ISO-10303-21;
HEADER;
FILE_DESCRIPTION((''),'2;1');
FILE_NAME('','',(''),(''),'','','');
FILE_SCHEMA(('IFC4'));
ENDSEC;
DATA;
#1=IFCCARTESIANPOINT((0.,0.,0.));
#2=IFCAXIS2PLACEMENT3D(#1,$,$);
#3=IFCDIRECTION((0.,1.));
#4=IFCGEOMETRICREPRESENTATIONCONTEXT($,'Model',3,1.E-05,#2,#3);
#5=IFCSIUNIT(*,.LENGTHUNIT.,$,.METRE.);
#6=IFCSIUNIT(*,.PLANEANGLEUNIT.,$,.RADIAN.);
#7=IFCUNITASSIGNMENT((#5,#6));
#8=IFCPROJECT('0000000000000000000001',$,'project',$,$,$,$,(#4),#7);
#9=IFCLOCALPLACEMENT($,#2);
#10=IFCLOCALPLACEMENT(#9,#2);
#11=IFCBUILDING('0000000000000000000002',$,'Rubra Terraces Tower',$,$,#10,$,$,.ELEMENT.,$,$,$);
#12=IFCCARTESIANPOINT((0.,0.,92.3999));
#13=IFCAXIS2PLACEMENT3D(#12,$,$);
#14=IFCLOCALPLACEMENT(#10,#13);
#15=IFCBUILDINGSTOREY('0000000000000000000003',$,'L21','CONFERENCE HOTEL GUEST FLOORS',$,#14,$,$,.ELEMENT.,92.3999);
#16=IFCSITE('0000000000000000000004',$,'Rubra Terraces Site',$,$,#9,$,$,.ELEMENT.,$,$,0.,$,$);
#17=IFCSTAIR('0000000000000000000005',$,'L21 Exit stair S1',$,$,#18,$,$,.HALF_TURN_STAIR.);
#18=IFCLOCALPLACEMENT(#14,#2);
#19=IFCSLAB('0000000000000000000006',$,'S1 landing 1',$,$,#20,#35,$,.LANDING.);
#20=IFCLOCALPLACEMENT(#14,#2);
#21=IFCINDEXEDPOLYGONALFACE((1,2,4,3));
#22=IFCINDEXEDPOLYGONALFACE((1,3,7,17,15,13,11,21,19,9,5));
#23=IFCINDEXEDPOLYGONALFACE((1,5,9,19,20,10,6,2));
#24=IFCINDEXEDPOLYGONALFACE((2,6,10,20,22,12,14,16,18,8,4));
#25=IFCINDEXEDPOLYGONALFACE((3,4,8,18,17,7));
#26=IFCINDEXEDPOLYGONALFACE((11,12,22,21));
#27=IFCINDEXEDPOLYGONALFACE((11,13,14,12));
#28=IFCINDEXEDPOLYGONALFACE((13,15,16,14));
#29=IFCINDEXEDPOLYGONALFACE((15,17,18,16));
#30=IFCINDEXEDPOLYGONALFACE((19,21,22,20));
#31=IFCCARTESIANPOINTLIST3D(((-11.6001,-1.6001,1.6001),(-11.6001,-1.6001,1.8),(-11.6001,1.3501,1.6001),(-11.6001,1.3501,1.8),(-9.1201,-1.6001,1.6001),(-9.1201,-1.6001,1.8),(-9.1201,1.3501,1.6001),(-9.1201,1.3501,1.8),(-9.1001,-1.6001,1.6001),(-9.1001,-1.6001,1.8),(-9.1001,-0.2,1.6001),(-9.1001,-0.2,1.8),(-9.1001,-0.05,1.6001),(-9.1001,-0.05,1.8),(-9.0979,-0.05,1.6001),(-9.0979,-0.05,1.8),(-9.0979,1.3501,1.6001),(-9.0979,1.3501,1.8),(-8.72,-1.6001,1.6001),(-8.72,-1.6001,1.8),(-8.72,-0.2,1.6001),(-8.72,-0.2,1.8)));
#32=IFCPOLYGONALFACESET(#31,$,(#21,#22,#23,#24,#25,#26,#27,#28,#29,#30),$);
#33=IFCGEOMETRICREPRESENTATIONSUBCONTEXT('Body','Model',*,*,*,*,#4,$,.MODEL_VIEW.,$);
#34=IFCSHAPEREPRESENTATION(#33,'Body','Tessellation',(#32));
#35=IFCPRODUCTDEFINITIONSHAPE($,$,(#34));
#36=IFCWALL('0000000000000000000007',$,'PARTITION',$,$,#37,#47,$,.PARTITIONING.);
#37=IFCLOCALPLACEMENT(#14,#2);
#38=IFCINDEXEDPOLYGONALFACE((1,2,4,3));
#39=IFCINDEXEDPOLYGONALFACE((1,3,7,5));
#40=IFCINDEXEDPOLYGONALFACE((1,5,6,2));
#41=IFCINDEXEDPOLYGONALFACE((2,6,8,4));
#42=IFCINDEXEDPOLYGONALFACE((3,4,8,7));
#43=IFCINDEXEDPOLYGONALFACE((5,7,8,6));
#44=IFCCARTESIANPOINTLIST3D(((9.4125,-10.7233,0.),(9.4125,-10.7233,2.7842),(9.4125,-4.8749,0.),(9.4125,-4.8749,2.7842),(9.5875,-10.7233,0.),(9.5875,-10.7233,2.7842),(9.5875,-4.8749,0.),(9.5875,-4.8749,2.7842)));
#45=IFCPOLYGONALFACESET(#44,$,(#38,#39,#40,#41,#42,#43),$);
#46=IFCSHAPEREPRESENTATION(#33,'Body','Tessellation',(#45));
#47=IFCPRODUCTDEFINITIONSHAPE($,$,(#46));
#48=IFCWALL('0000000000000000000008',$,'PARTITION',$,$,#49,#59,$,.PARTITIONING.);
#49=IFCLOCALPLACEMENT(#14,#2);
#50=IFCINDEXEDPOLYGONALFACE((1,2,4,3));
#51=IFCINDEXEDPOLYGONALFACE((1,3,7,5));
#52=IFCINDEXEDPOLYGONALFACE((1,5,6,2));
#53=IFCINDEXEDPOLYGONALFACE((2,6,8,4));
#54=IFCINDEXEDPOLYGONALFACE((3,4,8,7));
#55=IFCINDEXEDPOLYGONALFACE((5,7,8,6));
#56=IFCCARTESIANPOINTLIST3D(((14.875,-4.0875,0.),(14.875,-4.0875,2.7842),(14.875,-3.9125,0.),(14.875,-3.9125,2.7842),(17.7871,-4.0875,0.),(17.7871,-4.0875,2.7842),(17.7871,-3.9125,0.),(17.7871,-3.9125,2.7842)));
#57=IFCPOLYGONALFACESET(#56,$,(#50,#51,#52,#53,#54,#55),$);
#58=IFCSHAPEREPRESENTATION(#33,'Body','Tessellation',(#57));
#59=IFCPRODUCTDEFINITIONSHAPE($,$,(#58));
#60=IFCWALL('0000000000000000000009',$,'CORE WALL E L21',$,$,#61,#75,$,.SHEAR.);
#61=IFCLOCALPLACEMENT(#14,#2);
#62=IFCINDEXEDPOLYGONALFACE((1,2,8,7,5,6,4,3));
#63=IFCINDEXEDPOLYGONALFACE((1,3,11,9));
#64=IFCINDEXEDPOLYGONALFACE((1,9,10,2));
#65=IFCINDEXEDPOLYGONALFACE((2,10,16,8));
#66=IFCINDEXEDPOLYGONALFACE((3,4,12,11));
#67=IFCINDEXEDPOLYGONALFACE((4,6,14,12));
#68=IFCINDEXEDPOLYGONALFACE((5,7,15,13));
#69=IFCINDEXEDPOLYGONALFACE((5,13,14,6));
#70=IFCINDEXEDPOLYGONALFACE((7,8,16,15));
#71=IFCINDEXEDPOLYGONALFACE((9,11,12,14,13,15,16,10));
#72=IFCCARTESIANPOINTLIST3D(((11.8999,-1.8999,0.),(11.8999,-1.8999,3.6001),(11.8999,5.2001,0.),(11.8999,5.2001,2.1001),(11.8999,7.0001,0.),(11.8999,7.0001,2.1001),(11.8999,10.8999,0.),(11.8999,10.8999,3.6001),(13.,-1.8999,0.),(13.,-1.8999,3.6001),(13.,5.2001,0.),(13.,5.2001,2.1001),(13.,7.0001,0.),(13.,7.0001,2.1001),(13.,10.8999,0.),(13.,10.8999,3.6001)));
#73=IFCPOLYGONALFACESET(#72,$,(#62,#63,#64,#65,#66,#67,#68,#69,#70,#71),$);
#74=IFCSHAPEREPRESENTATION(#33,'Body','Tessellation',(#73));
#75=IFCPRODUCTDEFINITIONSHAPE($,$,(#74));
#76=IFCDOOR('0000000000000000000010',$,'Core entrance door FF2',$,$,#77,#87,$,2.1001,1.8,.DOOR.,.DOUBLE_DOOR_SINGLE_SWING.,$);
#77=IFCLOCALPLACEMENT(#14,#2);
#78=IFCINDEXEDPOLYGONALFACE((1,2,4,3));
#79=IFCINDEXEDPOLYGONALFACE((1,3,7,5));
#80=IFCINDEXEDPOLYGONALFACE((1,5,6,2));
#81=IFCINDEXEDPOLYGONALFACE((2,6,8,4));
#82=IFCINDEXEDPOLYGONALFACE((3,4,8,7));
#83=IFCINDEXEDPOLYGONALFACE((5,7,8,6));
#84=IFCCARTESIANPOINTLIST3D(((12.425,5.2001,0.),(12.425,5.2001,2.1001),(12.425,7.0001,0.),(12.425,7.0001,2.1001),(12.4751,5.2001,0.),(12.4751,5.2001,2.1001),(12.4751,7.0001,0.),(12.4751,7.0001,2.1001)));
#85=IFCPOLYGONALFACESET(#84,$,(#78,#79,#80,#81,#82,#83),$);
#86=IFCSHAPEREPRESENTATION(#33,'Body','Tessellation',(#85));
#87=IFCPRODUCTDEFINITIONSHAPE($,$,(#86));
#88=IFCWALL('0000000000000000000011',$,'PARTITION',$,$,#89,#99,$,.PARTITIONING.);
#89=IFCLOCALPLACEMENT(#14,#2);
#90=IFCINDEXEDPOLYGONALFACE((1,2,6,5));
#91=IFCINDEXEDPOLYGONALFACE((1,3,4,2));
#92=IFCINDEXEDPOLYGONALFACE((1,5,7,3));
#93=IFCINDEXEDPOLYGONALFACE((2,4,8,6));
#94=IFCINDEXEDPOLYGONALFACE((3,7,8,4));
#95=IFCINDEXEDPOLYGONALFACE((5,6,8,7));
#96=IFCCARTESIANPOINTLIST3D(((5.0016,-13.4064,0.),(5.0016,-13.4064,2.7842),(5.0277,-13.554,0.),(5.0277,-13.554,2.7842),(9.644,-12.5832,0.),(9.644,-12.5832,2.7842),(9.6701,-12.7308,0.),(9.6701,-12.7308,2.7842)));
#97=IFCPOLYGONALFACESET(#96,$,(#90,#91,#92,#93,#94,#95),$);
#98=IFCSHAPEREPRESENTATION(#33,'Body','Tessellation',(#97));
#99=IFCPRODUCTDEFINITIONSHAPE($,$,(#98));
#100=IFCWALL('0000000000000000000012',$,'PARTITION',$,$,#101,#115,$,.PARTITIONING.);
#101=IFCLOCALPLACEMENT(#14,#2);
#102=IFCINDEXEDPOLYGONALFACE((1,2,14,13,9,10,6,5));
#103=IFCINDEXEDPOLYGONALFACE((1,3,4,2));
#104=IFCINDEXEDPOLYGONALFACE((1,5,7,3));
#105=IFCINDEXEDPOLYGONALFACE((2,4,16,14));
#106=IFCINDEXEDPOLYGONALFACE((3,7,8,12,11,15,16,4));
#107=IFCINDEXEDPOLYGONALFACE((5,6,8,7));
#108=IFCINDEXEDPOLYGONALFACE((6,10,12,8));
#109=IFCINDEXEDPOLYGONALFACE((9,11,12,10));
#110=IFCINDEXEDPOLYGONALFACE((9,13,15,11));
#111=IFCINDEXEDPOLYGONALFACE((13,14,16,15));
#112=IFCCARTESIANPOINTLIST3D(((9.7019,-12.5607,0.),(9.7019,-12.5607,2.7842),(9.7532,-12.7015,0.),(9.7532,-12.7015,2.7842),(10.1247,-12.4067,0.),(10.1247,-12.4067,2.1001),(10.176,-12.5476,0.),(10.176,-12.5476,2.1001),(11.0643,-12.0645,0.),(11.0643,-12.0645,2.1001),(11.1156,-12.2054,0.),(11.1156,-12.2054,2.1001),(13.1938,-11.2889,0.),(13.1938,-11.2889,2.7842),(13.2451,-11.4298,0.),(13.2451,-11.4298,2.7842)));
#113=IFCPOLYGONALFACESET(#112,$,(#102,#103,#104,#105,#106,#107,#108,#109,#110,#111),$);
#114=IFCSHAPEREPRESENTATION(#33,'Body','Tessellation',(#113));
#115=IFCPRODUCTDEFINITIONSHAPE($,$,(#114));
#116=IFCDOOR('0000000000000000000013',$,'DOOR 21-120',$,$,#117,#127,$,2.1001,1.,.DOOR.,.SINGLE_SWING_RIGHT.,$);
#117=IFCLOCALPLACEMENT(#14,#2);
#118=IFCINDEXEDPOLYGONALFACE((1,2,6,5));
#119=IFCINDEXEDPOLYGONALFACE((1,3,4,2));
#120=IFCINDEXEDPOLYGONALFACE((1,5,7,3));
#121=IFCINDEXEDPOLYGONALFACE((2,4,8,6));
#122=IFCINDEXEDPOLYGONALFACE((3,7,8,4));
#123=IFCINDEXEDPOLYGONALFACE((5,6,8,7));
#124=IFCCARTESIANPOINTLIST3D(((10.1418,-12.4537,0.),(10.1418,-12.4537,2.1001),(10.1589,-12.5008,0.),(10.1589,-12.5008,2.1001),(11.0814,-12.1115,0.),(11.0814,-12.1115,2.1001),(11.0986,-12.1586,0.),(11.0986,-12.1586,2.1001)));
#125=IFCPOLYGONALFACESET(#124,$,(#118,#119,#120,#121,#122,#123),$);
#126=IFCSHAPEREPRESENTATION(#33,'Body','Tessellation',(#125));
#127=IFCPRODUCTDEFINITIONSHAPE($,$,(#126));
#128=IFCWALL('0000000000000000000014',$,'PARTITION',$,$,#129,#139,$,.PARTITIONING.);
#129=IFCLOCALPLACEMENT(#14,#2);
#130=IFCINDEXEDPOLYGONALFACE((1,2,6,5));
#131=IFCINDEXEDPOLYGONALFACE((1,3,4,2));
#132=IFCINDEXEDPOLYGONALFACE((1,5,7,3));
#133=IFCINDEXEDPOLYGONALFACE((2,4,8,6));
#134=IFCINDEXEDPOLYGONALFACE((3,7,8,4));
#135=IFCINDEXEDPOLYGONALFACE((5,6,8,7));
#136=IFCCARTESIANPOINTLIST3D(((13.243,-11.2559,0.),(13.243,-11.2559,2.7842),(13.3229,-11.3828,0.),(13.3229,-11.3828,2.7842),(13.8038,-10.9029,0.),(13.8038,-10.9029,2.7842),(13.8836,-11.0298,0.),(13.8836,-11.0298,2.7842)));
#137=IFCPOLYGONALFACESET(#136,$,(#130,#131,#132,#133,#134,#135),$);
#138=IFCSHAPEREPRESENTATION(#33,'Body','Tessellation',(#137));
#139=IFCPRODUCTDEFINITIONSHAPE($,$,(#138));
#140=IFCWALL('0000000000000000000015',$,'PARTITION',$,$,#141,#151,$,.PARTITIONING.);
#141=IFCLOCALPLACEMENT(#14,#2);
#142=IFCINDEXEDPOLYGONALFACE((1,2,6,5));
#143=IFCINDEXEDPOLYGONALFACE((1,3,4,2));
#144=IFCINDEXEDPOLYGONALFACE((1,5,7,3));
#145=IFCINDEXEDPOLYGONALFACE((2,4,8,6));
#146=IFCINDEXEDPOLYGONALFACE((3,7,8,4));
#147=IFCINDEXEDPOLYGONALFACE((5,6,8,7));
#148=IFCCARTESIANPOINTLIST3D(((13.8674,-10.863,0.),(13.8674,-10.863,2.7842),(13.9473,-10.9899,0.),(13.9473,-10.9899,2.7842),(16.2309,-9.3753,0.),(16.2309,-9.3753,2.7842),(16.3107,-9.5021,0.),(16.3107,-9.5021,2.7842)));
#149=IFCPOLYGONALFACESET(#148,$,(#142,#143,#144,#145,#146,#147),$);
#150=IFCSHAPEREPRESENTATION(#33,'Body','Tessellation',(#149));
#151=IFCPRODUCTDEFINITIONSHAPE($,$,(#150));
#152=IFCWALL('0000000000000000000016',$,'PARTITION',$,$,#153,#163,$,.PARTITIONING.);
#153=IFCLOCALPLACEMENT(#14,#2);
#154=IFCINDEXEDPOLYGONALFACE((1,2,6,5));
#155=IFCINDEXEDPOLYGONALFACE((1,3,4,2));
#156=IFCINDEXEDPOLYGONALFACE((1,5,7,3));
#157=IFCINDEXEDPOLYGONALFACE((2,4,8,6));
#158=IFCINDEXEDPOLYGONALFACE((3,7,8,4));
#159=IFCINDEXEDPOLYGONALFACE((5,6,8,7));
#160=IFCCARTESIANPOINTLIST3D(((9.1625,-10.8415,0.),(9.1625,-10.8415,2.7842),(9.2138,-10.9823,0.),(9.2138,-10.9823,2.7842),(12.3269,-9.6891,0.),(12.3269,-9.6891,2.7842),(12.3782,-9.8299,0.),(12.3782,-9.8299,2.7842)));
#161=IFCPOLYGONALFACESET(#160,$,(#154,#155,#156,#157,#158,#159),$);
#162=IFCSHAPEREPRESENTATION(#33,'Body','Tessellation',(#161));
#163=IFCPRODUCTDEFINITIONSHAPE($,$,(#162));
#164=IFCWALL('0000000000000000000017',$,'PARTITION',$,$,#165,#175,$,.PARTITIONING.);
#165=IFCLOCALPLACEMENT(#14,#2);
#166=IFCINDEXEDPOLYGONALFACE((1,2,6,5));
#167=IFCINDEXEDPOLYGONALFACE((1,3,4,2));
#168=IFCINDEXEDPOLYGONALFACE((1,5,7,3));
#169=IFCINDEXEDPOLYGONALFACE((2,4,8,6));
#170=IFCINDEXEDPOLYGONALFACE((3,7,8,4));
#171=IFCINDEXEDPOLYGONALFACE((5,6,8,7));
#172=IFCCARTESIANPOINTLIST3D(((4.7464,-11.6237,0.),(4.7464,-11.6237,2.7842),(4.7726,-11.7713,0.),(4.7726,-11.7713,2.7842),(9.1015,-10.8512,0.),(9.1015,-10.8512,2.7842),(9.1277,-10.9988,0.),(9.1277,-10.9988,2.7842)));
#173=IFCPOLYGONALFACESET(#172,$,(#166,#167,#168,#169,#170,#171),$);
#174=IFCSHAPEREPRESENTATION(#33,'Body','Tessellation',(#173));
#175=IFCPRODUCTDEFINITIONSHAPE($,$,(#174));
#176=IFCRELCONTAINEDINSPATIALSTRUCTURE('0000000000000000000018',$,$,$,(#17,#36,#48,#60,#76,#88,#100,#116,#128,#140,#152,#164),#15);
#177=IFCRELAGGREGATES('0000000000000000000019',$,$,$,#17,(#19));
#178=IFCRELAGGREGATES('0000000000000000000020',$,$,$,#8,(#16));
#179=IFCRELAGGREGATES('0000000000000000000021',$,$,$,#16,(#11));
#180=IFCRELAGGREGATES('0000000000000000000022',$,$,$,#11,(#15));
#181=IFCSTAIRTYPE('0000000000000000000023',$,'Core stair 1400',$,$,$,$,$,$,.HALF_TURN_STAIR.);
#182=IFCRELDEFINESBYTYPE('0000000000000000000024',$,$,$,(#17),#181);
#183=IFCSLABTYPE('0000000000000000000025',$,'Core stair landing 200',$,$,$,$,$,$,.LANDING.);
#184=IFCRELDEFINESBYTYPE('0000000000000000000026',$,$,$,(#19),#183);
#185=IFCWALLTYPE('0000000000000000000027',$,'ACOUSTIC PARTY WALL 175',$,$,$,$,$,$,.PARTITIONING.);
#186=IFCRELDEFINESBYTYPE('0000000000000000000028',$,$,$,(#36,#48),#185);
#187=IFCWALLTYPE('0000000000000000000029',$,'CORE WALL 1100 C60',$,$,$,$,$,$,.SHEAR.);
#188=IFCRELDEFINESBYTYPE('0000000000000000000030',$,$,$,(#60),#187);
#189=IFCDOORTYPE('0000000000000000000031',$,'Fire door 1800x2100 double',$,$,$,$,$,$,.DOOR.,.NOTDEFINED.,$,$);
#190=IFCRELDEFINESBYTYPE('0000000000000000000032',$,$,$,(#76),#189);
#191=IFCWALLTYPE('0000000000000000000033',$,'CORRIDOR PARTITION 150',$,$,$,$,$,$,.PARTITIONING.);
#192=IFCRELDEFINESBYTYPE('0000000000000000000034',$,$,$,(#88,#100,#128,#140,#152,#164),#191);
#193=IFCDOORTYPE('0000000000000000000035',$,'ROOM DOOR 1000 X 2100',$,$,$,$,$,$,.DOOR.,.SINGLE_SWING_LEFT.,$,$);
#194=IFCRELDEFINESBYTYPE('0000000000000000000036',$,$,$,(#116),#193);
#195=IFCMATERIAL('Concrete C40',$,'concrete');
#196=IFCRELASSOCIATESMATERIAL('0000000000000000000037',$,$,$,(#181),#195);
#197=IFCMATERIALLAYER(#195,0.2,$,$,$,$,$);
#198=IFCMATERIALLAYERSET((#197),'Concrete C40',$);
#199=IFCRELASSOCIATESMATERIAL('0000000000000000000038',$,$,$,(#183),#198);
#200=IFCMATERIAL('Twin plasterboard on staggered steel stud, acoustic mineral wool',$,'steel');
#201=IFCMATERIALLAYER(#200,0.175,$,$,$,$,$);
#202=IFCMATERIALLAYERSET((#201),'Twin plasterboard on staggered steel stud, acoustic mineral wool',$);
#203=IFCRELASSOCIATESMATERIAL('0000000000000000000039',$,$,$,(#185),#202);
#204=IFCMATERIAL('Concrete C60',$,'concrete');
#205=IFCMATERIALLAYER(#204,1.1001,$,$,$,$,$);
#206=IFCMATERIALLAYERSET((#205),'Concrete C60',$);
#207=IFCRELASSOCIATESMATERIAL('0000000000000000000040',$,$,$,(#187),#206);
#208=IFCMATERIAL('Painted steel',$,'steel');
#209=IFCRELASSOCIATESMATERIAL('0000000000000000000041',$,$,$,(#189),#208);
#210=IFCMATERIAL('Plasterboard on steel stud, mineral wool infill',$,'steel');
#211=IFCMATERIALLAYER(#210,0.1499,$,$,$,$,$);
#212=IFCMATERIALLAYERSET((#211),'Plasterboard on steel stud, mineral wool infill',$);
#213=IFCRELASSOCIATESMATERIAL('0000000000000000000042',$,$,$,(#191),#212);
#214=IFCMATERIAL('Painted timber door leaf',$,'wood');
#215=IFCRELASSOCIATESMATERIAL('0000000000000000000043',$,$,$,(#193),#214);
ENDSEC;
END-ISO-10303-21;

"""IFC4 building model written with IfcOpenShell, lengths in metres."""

from ifc_helpers import new_model, si_unit, direction, frame, frame_2d, origin, place, context, subcontext, project, spatial, polyline, rectangle, outline, extrude, material, layer, layer_set, type_object, element, fill, aggregate, save


model = new_model("IFC4")

# Units and contexts
model_context = context("Model", 3, precision=1e-05, world=origin(), true_north=direction((0.0, 1.0)))
body_context = subcontext(model_context, "Body", "Model", "MODEL_VIEW")
ifc_project = project(units=[si_unit("LENGTHUNIT", "METRE"), si_unit("PLANEANGLEUNIT", "RADIAN")], contexts=[model_context])

# Site, building, storey
site_placement = place(None, origin())
site = spatial("IfcSite", under=ifc_project, at=site_placement, Name="Rubra Terraces Site", CompositionType="ELEMENT", RefElevation=0.0)
building_placement = place(site_placement, origin())
building = spatial("IfcBuilding", under=site, at=building_placement, Name="Rubra Terraces Tower", CompositionType="ELEMENT")
storey_placement = place(building_placement, frame((0.0, 0.0, 92.3999)))
storey = spatial("IfcBuildingStorey", under=building, at=storey_placement, Name="L21", Description="CONFERENCE HOTEL GUEST FLOORS", CompositionType="ELEMENT", Elevation=92.3999)

# Stair, slab
ifc_material_1 = material(Name="Concrete C40", Category="concrete")
stair_type = type_object("IfcStairType", Name="Core stair 1400", PredefinedType="HALF_TURN_STAIR", material=ifc_material_1)
stair_1_placement = place(storey_placement, origin())
stair_1 = element("IfcStair", 1, at=stair_1_placement, inside=storey, type_object=stair_type, Name="L21 Exit stair S1", PredefinedType="HALF_TURN_STAIR")
ifc_layer_1 = layer(ifc_material_1, 0.2)
ifc_layer_set_1 = layer_set([ifc_layer_1], Name="Concrete C40")
slab_type = type_object("IfcSlabType", Name="Core stair landing 200", PredefinedType="LANDING", material=ifc_layer_set_1)
slab_placement = place(storey_placement, frame((0.0, 0.0, 1.6001)))
slab = element("IfcSlab", 2, at=slab_placement, type_object=slab_type, Name="S1 landing 1", PredefinedType="LANDING", context=body_context, shape_type="SweptSolid", body=[
    extrude(outline(polyline([(-8.72, -0.2), (-8.72, -1.6001), (-9.1001, -1.6001), (-9.1201, -1.6001), (-11.6001, -1.6001), (-11.6001, 1.3501), (-9.1201, 1.3501), (-9.0979, 1.3501), (-9.0979, -0.05), (-9.1001, -0.05), (-9.1001, -0.2), (-8.72, -0.2)])), origin(), (0.0, 0.0, 1.0), 0.2),
])
aggregate(stair_1, [slab])

# Walls
ifc_material_2 = material(Name="Twin plasterboard on staggered steel stud, acoustic mineral wool", Category="steel")
ifc_layer_2 = layer(ifc_material_2, 0.175)
ifc_layer_set_2 = layer_set([ifc_layer_2], Name="Twin plasterboard on staggered steel stud, acoustic mineral wool")
wall_type_1 = type_object("IfcWallType", Name="ACOUSTIC PARTY WALL 175", PredefinedType="PARTITIONING", material=ifc_layer_set_2)
wall_1_placement = place(storey_placement, frame((9.5, -10.7234, 0.0), z_axis=(0.0, 0.0, 1.0), x_axis=(0.0, 1.0, 0.0)))
element("IfcWall", 3, at=wall_1_placement, inside=storey, type_object=wall_type_1, Name="PARTITION", PredefinedType="PARTITIONING", context=body_context, shape_type="SweptSolid", body=[
    extrude(rectangle(XDim=5.8484, YDim=0.175, at=frame_2d((2.9243, 0.0))), origin(), (0.0, 0.0, 1.0), 2.7842),
])
wall_2_placement = place(storey_placement, frame((14.875, -4.0, 0.0), z_axis=(0.0, 0.0, 1.0), x_axis=(1.0, 0.0, 0.0)))
element("IfcWall", 4, at=wall_2_placement, inside=storey, type_object=wall_type_1, Name="PARTITION", PredefinedType="PARTITIONING", context=body_context, shape_type="SweptSolid", body=[
    extrude(rectangle(XDim=2.9121, YDim=0.175, at=frame_2d((1.4561, 0.0))), origin(), (0.0, 0.0, 1.0), 2.7842),
])

# Wall, opening, door
ifc_material_3 = material(Name="Concrete C60", Category="concrete")
ifc_layer_3 = layer(ifc_material_3, 1.1001)
ifc_layer_set_3 = layer_set([ifc_layer_3], Name="Concrete C60")
wall_type_2 = type_object("IfcWallType", Name="CORE WALL 1100 C60", PredefinedType="SHEAR", material=ifc_layer_set_3)
wall_3_placement = place(storey_placement, frame((12.45, -1.8999, 0.0), z_axis=(0.0, 0.0, 1.0), x_axis=(0.0, 1.0, 0.0)))
wall_3 = element("IfcWall", 5, at=wall_3_placement, inside=storey, type_object=wall_type_2, Name="CORE WALL E L21", PredefinedType="SHEAR", context=body_context, shape_type="SweptSolid", body=[
    extrude(rectangle(XDim=12.7998, YDim=1.1001, at=frame_2d((6.3999, 0.0))), origin(), (0.0, 0.0, 1.0), 3.6001),
])
opening_1_placement = place(wall_3_placement, frame((7.1001, 0.0, 0.0)))
opening_1 = element("IfcOpeningElement", 6, at=opening_1_placement, cuts=wall_3, PredefinedType="OPENING", context=body_context, shape_type="SweptSolid", body=[
    extrude(rectangle(XDim=1.8, YDim=2.1001, at=frame_2d((0.8999, 1.05))), frame((0.0, 0.5601, 0.0), z_axis=(0.0, -1.0, 0.0), x_axis=(1.0, 0.0, 0.0)), (0.0, 0.0, 1.0), 1.1201),
])
ifc_material_4 = material(Name="Painted steel", Category="steel")
door_type_1 = type_object("IfcDoorType", Name="Fire door 1800x2100 double", OperationType="NOTDEFINED", PredefinedType="DOOR", material=ifc_material_4)
door_1_placement = place(opening_1_placement, origin())
door_1 = element("IfcDoor", 7, at=door_1_placement, inside=storey, type_object=door_type_1, Name="Core entrance door FF2", OperationType="DOUBLE_DOOR_SINGLE_SWING", OverallHeight=2.1001, OverallWidth=1.8, PredefinedType="DOOR", context=body_context, shape_type="SweptSolid", body=[
    extrude(rectangle(XDim=1.8, YDim=2.1001, at=frame_2d((0.8999, 1.05))), frame((0.0, 0.0249, 0.0), z_axis=(0.0, -1.0, 0.0), x_axis=(1.0, 0.0, 0.0)), (0.0, 0.0, 1.0), 0.05),
])
fill(opening_1, door_1)

# Wall
ifc_material_5 = material(Name="Plasterboard on steel stud, mineral wool infill", Category="steel")
ifc_layer_4 = layer(ifc_material_5, 0.1499)
ifc_layer_set_4 = layer_set([ifc_layer_4], Name="Plasterboard on steel stud, mineral wool infill")
wall_type_3 = type_object("IfcWallType", Name="CORRIDOR PARTITION 150", PredefinedType="PARTITIONING", material=ifc_layer_set_4)
wall_4_placement = place(storey_placement, frame((5.0146, -13.4802, 0.0), z_axis=(0.0, 0.0, 1.0), x_axis=(0.984638, 0.174609, 0.0)))
element("IfcWall", 8, at=wall_4_placement, inside=storey, type_object=wall_type_3, Name="PARTITION", PredefinedType="PARTITIONING", context=body_context, shape_type="SweptSolid", body=[
    extrude(rectangle(XDim=4.7148, YDim=0.1499, at=frame_2d((2.3574, 0.0))), origin(), (0.0, 0.0, 1.0), 2.7842),
])

# Wall, opening, door
wall_5_placement = place(storey_placement, frame((9.7275, -12.6311, 0.0), z_axis=(0.0, 0.0, 1.0), x_axis=(0.939626, 0.342202, 0.0)))
wall_5 = element("IfcWall", 9, at=wall_5_placement, inside=storey, type_object=wall_type_3, Name="PARTITION", PredefinedType="PARTITIONING", context=body_context, shape_type="SweptSolid", body=[
    extrude(rectangle(XDim=3.7163, YDim=0.1499, at=frame_2d((1.8582, 0.0))), origin(), (0.0, 0.0, 1.0), 2.7842),
])
opening_2_placement = place(wall_5_placement, frame((0.45, 0.0, 0.0)))
opening_2 = element("IfcOpeningElement", 10, at=opening_2_placement, cuts=wall_5, PredefinedType="OPENING", context=body_context, shape_type="SweptSolid", body=[
    extrude(rectangle(XDim=1.0, YDim=2.1001, at=frame_2d((0.5, 1.05))), frame((0.0, 0.085, 0.0), z_axis=(0.0, -1.0, 0.0), x_axis=(1.0, 0.0, 0.0)), (0.0, 0.0, 1.0), 0.1699),
])
ifc_material_6 = material(Name="Painted timber door leaf", Category="wood")
door_type_2 = type_object("IfcDoorType", Name="ROOM DOOR 1000 X 2100", OperationType="SINGLE_SWING_LEFT", PredefinedType="DOOR", material=ifc_material_6)
door_2_placement = place(opening_2_placement, origin())
door_2 = element("IfcDoor", 11, at=door_2_placement, inside=storey, type_object=door_type_2, Name="DOOR 21-120", OperationType="SINGLE_SWING_RIGHT", OverallHeight=2.1001, OverallWidth=1.0, PredefinedType="DOOR", context=body_context, shape_type="SweptSolid", body=[
    extrude(rectangle(XDim=1.0, YDim=2.1001, at=frame_2d((0.5, 1.05))), frame((0.0, 0.0249, 0.0), z_axis=(0.0, -1.0, 0.0), x_axis=(1.0, 0.0, 0.0)), (0.0, 0.0, 1.0), 0.05),
])
fill(opening_2, door_2)

# Walls
wall_6_placement = place(storey_placement, frame((13.283, -11.3193, 0.0), z_axis=(0.0, 0.0, 1.0), x_axis=(0.846276, 0.532745, 0.0)))
element("IfcWall", 12, at=wall_6_placement, inside=storey, type_object=wall_type_3, Name="PARTITION", PredefinedType="PARTITIONING", context=body_context, shape_type="SweptSolid", body=[
    extrude(rectangle(XDim=0.6626, YDim=0.1499, at=frame_2d((0.3313, 0.0))), origin(), (0.0, 0.0, 1.0), 2.7842),
])
wall_7_placement = place(storey_placement, frame((13.9072, -10.9265, 0.0), z_axis=(0.0, 0.0, 1.0), x_axis=(0.84629, 0.532723, 0.0)))
element("IfcWall", 13, at=wall_7_placement, inside=storey, type_object=wall_type_3, Name="PARTITION", PredefinedType="PARTITIONING", context=body_context, shape_type="SweptSolid", body=[
    extrude(rectangle(XDim=2.7927, YDim=0.1499, at=frame_2d((1.3965, 0.0))), origin(), (0.0, 0.0, 1.0), 2.7842),
])
wall_8_placement = place(storey_placement, frame((12.3525, -9.7595, 0.0), z_axis=(0.0, 0.0, 1.0), x_axis=(-0.939632, -0.342185, 0.0)))
element("IfcWall", 14, at=wall_8_placement, inside=storey, type_object=wall_type_3, Name="PARTITION", PredefinedType="PARTITIONING", context=body_context, shape_type="SweptSolid", body=[
    extrude(rectangle(XDim=3.3677, YDim=0.1499, at=frame_2d((1.6838, 0.0))), origin(), (0.0, 0.0, 1.0), 2.7842),
])
wall_9_placement = place(storey_placement, frame((9.1145, -10.925, 0.0), z_axis=(0.0, 0.0, 1.0), x_axis=(-0.984633, -0.174639, 0.0)))
element("IfcWall", 15, at=wall_9_placement, inside=storey, type_object=wall_type_3, Name="PARTITION", PredefinedType="PARTITIONING", context=body_context, shape_type="SweptSolid", body=[
    extrude(rectangle(XDim=4.4231, YDim=0.1499, at=frame_2d((2.2114, 0.0))), origin(), (0.0, 0.0, 1.0), 2.7842),
])

save(model, "model.ifc")
